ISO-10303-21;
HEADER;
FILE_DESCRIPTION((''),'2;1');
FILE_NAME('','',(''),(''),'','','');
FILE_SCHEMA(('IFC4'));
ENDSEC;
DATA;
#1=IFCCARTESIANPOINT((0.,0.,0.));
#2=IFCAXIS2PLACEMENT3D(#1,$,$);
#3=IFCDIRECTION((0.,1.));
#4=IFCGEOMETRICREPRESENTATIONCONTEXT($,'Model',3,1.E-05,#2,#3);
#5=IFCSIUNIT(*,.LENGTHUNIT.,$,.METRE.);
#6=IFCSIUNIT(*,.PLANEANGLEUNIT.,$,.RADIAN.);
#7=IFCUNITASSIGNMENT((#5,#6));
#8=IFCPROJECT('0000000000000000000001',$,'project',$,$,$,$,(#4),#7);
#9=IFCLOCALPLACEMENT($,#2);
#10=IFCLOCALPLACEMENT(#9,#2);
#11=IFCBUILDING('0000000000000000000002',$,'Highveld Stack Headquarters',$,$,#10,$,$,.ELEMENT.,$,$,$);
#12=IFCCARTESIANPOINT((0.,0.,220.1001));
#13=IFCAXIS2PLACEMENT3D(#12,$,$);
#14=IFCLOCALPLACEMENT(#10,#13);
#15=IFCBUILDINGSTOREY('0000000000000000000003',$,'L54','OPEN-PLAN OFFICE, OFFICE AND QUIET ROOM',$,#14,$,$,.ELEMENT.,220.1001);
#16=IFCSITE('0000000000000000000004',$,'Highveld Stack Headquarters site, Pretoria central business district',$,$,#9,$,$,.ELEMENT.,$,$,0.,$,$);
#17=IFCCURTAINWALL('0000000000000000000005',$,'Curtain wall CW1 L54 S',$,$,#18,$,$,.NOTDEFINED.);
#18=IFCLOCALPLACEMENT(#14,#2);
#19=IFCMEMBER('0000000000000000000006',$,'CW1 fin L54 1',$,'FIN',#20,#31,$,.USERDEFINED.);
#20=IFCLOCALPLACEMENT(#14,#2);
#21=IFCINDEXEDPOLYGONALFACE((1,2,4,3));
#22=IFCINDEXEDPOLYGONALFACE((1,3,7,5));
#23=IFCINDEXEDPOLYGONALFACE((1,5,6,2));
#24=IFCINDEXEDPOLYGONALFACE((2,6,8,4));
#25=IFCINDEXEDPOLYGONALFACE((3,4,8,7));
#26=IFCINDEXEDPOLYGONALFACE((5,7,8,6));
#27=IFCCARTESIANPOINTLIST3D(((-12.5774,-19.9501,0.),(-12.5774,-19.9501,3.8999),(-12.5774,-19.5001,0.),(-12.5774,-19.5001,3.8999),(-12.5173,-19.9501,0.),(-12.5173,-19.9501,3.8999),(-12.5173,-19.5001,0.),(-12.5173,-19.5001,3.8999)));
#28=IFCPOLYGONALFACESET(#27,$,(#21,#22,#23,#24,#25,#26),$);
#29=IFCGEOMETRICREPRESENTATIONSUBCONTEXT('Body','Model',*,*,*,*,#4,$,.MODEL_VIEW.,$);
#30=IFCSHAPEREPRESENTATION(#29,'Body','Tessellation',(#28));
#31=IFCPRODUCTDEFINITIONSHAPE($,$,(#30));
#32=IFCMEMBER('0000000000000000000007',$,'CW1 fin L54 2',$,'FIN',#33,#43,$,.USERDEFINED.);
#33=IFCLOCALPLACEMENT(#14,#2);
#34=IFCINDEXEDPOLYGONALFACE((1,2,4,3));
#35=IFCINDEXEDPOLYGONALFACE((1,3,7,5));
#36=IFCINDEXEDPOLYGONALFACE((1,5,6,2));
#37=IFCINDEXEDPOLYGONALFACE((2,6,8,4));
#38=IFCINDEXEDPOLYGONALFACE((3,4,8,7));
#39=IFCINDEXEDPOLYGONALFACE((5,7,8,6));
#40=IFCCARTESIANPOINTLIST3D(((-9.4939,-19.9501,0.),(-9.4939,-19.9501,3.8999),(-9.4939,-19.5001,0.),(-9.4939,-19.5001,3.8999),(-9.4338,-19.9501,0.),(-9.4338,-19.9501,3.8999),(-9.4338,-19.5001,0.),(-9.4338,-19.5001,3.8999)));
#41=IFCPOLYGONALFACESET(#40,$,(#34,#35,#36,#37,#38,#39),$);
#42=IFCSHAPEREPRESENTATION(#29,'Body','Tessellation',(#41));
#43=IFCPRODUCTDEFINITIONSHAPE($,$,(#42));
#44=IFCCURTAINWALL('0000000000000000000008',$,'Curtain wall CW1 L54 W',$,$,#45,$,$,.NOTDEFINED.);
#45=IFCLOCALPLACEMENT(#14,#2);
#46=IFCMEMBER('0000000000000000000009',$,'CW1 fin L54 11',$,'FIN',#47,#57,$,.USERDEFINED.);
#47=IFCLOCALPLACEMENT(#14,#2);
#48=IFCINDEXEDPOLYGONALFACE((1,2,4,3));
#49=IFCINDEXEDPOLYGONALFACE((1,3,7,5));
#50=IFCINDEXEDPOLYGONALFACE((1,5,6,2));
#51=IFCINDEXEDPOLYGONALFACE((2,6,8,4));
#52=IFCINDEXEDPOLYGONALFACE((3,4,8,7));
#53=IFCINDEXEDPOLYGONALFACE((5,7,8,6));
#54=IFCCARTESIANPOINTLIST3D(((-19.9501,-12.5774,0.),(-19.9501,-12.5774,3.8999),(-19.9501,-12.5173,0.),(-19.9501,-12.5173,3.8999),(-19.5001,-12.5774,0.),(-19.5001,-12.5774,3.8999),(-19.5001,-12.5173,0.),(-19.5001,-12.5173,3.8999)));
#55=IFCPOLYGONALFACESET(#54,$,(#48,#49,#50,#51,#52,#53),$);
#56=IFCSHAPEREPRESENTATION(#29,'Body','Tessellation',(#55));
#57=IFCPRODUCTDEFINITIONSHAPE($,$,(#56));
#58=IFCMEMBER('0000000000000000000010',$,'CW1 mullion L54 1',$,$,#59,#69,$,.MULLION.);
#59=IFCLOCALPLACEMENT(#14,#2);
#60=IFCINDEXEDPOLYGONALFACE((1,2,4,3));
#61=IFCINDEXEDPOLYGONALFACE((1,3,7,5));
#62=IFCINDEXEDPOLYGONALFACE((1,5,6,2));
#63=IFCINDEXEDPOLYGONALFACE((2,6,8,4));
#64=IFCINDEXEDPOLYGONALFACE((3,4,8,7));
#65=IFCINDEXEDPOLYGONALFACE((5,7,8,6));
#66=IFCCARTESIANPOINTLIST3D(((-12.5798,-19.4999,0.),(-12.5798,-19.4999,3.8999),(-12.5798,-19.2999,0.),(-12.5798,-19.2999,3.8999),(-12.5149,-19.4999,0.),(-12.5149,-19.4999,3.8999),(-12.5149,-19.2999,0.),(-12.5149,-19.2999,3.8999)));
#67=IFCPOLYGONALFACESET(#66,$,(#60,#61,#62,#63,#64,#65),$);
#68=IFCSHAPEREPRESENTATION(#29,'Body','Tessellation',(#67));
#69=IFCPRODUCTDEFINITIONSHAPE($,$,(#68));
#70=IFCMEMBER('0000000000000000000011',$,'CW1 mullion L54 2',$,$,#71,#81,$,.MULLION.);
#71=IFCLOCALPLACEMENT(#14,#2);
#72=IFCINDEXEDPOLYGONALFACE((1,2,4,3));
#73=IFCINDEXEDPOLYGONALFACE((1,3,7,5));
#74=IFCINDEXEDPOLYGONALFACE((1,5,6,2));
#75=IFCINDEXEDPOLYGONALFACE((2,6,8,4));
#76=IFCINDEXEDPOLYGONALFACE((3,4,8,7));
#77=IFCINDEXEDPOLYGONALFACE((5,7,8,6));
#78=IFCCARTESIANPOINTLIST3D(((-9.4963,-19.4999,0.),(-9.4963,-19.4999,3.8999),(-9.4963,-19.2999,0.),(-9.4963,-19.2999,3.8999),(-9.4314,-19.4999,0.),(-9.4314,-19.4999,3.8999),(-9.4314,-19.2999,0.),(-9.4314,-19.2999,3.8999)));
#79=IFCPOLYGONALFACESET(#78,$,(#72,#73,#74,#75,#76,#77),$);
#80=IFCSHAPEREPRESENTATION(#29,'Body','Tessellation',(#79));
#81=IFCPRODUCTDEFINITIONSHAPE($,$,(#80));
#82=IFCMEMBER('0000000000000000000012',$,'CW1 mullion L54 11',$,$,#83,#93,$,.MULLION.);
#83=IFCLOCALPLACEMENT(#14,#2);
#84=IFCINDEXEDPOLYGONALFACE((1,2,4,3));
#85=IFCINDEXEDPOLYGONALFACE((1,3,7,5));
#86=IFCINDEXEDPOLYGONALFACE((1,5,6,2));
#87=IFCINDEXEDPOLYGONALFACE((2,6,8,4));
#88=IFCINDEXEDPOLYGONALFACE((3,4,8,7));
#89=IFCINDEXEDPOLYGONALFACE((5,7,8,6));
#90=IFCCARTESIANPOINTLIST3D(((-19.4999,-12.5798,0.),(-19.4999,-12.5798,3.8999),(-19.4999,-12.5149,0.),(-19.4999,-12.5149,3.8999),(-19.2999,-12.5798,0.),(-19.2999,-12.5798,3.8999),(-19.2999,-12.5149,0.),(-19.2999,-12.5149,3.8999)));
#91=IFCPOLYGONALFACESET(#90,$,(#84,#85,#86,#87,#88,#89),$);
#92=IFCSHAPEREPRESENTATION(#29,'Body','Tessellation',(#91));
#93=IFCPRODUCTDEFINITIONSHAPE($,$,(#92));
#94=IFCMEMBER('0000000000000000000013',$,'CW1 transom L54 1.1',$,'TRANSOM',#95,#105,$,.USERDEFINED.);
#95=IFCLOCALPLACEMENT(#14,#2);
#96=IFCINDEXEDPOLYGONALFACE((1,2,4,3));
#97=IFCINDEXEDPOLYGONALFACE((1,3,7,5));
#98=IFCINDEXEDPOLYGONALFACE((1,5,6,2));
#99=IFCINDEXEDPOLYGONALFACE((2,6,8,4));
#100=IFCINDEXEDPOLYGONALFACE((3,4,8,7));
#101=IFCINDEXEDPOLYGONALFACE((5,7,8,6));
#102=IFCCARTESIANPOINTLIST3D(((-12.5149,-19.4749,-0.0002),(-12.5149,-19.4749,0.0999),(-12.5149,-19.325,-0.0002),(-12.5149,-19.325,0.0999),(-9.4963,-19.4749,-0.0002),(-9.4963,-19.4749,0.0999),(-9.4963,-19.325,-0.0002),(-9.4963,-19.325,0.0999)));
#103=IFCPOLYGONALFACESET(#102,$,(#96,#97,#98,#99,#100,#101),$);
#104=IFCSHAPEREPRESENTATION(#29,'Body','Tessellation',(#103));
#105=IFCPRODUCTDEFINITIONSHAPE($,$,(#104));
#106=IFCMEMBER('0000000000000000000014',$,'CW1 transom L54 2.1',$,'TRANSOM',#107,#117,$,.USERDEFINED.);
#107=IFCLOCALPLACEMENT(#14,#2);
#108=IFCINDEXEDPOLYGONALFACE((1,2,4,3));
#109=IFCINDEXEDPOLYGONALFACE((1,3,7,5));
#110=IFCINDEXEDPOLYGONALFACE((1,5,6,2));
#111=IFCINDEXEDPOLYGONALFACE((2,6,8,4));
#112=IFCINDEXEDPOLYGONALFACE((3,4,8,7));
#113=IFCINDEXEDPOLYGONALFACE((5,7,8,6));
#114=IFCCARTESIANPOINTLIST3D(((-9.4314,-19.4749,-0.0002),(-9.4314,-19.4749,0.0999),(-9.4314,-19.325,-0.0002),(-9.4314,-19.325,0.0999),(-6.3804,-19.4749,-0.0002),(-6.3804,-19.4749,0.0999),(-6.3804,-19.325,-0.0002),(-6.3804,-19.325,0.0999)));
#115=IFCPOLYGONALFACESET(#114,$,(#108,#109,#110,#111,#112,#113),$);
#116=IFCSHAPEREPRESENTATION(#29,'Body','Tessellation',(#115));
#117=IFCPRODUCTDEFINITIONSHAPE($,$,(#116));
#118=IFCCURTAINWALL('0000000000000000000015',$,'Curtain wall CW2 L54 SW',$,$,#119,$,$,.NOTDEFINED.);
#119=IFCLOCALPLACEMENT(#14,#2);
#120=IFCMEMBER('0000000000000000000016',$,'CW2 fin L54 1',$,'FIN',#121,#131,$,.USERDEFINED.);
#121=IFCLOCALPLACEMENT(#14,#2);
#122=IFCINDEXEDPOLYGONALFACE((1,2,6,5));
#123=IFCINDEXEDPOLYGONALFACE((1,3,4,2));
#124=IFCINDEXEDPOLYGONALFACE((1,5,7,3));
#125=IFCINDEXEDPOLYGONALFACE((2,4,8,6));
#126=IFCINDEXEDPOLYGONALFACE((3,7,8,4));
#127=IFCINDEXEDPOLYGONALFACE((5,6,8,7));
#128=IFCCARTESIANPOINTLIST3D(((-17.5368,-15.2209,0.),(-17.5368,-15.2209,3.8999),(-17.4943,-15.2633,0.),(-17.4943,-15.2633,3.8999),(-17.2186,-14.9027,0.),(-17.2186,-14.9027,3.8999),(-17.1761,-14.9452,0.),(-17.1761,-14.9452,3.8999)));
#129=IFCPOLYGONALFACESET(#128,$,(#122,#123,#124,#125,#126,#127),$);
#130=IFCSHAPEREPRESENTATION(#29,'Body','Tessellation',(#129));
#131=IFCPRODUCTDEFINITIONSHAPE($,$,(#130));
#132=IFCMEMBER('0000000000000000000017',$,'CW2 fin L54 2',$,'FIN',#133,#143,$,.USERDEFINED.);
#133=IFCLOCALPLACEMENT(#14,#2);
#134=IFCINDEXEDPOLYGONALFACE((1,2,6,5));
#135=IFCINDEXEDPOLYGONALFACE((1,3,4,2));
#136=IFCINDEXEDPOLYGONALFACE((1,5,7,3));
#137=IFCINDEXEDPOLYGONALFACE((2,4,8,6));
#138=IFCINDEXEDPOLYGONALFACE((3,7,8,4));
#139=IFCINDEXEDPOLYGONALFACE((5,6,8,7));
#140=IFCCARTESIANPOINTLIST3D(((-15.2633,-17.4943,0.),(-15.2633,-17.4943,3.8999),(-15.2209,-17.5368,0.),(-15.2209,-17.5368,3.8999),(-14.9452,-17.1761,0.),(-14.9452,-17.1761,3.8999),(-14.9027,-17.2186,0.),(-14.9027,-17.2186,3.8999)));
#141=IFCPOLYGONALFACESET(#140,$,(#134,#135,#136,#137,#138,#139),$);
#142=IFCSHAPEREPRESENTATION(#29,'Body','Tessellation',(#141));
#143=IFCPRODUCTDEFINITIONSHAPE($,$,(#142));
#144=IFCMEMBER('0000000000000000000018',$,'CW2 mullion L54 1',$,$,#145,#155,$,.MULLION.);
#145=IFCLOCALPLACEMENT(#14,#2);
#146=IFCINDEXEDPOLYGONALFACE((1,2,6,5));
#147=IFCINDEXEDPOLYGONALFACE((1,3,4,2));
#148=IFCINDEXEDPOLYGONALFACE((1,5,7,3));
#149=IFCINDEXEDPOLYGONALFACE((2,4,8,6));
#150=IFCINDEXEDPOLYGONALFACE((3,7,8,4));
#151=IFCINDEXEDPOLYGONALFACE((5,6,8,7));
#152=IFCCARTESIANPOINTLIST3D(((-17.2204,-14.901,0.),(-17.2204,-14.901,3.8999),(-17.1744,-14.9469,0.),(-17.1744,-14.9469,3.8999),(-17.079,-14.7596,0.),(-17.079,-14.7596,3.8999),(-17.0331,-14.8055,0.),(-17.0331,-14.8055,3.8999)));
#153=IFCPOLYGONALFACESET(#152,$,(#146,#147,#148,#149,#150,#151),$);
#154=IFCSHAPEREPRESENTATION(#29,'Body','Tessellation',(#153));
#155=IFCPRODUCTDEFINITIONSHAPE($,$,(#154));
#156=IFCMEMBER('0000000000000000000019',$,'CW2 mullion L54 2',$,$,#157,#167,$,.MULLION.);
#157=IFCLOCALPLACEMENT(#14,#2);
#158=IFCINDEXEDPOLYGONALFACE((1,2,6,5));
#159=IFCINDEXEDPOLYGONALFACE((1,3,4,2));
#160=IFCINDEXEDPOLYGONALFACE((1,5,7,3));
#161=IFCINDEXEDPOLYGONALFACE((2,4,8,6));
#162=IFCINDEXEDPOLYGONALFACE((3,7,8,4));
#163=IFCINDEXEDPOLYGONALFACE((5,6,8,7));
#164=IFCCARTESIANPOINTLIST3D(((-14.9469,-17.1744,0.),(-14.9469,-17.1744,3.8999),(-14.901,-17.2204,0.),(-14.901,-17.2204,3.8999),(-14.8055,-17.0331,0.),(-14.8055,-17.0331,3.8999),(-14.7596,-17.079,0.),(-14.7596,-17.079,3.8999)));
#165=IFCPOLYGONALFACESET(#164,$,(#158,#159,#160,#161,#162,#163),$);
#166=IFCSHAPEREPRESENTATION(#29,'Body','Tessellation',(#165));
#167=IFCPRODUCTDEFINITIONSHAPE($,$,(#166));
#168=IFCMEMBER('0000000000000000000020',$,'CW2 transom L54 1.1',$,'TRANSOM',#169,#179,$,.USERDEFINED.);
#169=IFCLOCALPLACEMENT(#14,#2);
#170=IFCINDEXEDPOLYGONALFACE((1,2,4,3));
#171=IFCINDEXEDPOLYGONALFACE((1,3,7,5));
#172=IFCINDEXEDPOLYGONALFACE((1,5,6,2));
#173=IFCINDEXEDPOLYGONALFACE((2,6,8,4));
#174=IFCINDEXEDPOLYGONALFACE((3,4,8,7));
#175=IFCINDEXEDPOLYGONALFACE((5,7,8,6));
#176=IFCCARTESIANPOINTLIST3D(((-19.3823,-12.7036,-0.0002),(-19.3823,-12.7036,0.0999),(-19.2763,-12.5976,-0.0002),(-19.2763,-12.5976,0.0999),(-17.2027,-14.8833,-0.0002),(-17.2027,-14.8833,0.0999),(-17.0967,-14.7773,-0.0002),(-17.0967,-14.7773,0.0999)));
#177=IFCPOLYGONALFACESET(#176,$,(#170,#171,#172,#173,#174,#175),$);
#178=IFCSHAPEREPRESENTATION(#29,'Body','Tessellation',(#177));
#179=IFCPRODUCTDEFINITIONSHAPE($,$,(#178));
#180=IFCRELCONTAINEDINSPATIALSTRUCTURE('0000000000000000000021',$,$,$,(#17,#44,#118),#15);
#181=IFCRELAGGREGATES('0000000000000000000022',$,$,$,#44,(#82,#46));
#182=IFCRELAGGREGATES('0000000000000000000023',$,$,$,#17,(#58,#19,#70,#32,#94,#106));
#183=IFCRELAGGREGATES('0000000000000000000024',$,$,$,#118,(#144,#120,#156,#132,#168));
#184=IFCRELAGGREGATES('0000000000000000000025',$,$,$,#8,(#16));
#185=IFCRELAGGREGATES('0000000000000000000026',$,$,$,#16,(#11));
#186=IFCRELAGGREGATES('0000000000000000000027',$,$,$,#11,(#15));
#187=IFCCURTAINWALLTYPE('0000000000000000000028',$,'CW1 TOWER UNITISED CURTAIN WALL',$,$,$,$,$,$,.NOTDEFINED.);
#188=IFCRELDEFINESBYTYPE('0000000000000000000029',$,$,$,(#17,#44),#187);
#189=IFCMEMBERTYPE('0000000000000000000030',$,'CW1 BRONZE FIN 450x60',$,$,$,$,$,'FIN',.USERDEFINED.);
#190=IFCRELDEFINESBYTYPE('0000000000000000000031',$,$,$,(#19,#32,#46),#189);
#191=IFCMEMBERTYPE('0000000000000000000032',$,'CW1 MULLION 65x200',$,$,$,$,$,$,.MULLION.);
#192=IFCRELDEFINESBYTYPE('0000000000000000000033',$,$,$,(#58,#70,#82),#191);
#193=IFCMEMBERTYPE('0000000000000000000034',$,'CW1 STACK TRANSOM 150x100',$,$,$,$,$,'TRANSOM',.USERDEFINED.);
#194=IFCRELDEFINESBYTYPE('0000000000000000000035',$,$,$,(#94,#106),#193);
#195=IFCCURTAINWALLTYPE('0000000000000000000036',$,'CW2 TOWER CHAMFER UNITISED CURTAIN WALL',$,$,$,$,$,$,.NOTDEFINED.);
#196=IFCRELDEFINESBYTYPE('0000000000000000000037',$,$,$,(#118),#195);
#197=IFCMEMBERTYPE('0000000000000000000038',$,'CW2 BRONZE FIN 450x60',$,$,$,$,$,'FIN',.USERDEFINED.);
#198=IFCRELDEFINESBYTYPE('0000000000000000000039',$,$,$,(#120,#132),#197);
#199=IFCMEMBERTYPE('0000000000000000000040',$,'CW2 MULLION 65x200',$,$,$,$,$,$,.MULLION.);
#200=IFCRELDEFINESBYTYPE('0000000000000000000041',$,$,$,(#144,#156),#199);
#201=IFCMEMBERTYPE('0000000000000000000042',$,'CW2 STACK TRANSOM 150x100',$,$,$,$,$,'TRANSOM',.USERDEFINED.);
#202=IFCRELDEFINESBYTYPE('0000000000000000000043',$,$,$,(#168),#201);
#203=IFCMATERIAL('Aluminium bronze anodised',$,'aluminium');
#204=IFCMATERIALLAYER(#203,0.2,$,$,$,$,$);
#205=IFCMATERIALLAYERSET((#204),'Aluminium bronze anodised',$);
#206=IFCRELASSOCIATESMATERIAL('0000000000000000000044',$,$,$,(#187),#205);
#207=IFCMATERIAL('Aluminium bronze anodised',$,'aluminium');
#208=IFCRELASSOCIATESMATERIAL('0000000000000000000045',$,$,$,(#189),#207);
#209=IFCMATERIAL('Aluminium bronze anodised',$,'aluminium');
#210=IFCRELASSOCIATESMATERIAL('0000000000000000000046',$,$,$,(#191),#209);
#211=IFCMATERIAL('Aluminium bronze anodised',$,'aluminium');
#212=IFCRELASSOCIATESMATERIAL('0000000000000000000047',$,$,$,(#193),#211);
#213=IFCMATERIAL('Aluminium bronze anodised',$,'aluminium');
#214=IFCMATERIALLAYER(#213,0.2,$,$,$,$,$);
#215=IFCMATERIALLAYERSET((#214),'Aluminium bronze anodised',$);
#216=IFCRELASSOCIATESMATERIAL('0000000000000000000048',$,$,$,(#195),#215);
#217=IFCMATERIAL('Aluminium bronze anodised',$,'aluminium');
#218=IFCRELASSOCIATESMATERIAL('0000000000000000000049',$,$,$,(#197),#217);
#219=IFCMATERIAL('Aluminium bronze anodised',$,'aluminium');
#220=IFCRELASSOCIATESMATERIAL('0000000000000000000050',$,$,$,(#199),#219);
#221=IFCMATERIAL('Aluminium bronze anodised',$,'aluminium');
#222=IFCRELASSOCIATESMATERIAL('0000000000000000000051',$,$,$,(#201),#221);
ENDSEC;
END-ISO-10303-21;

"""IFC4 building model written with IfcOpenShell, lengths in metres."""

from ifc_helpers import new_model, si_unit, direction, frame, origin, origin_2d, place, context, subcontext, project, spatial, rectangle, extrude, material, layer, layer_set, material_profile, profile_set, type_object, element, aggregate, save


model = new_model("IFC4")

# Units and contexts
model_context = context("Model", 3, precision=1e-05, world=origin(), true_north=direction((0.0, 1.0)))
body_context = subcontext(model_context, "Body", "Model", "MODEL_VIEW")
ifc_project = project(units=[si_unit("LENGTHUNIT", "METRE"), si_unit("PLANEANGLEUNIT", "RADIAN")], contexts=[model_context])

# Site, building, storey
site_placement = place(None, origin())
site = spatial("IfcSite", under=ifc_project, at=site_placement, Name="Highveld Stack Headquarters site, Pretoria central business district", CompositionType="ELEMENT", RefElevation=0.0)
building_placement = place(site_placement, origin())
building = spatial("IfcBuilding", under=site, at=building_placement, Name="Highveld Stack Headquarters", CompositionType="ELEMENT")
storey_placement = place(building_placement, frame((0.0, 0.0, 220.1001)))
storey = spatial("IfcBuildingStorey", under=building, at=storey_placement, Name="L54", Description="OPEN-PLAN OFFICE, OFFICE AND QUIET ROOM", CompositionType="ELEMENT", Elevation=220.1001)

# Curtain wall, members
ifc_material_1 = material(Name="Aluminium bronze anodised", Category="aluminium")
ifc_layer_1 = layer(ifc_material_1, 0.2)
ifc_layer_set_1 = layer_set([ifc_layer_1], Name="Aluminium bronze anodised")
curtain_wall_type_1 = type_object("IfcCurtainWallType", Name="CW1 TOWER UNITISED CURTAIN WALL", PredefinedType="NOTDEFINED", material=ifc_layer_set_1)
curtain_wall_1_placement = place(storey_placement, origin())
curtain_wall_1 = element("IfcCurtainWall", 1, at=curtain_wall_1_placement, inside=storey, type_object=curtain_wall_type_1, Name="Curtain wall CW1 L54 S", PredefinedType="NOTDEFINED")
ifc_material_2 = material(Name="Aluminium bronze anodised", Category="aluminium")
ifc_material_profile_1 = material_profile(ifc_material_2, rectangle(XDim=0.45, YDim=0.0601, at=origin_2d()), Name="FIN 450x60")
ifc_profile_set_1 = profile_set([ifc_material_profile_1], Name="Aluminium bronze anodised")
member_type_1 = type_object("IfcMemberType", Name="CW1 BRONZE FIN 450x60", ElementType="FIN", PredefinedType="USERDEFINED", material=ifc_profile_set_1)
member_1_placement = place(storey_placement, frame((-12.5474, -19.7251, 0.0), z_axis=(0.0, 0.0, 1.0), x_axis=(0.0, 1.0, 0.0)))
member_1 = element("IfcMember", 2, at=member_1_placement, type_object=member_type_1, Name="CW1 fin L54 1", ObjectType="FIN", PredefinedType="USERDEFINED", context=body_context, shape_type="SweptSolid", body=[
    extrude(rectangle(XDim=0.45, YDim=0.0601, at=origin_2d()), origin(), (0.0, 0.0, 1.0), 3.8999),
])
member_2_placement = place(storey_placement, frame((-9.4639, -19.7251, 0.0), z_axis=(0.0, 0.0, 1.0), x_axis=(0.0, 1.0, 0.0)))
member_2 = element("IfcMember", 3, at=member_2_placement, type_object=member_type_1, Name="CW1 fin L54 2", ObjectType="FIN", PredefinedType="USERDEFINED", context=body_context, shape_type="SweptSolid", body=[
    extrude(rectangle(XDim=0.45, YDim=0.0601, at=origin_2d()), origin(), (0.0, 0.0, 1.0), 3.8999),
])

# Curtain wall, member
curtain_wall_2_placement = place(storey_placement, origin())
curtain_wall_2 = element("IfcCurtainWall", 4, at=curtain_wall_2_placement, inside=storey, type_object=curtain_wall_type_1, Name="Curtain wall CW1 L54 W", PredefinedType="NOTDEFINED")
member_3_placement = place(storey_placement, frame((-19.7251, -12.5474, 0.0), z_axis=(0.0, 0.0, 1.0), x_axis=(1.0, 0.0, 0.0)))
member_3 = element("IfcMember", 5, at=member_3_placement, type_object=member_type_1, Name="CW1 fin L54 11", ObjectType="FIN", PredefinedType="USERDEFINED", context=body_context, shape_type="SweptSolid", body=[
    extrude(rectangle(XDim=0.45, YDim=0.0601, at=origin_2d()), origin(), (0.0, 0.0, 1.0), 3.8999),
])

# Members
ifc_material_3 = material(Name="Aluminium bronze anodised", Category="aluminium")
ifc_material_profile_2 = material_profile(ifc_material_3, rectangle(XDim=0.2, YDim=0.0649, at=origin_2d()), Name="CW1 MULLION 65x200")
ifc_profile_set_2 = profile_set([ifc_material_profile_2], Name="Aluminium bronze anodised")
member_type_2 = type_object("IfcMemberType", Name="CW1 MULLION 65x200", PredefinedType="MULLION", material=ifc_profile_set_2)
member_4_placement = place(storey_placement, frame((-12.5474, -19.3999, 0.0), z_axis=(0.0, 0.0, 1.0), x_axis=(0.0, 1.0, 0.0)))
member_4 = element("IfcMember", 6, at=member_4_placement, type_object=member_type_2, Name="CW1 mullion L54 1", PredefinedType="MULLION", context=body_context, shape_type="SweptSolid", body=[
    extrude(rectangle(XDim=0.2, YDim=0.0649, at=origin_2d()), origin(), (0.0, 0.0, 1.0), 3.8999),
])
member_5_placement = place(storey_placement, frame((-9.4639, -19.3999, 0.0), z_axis=(0.0, 0.0, 1.0), x_axis=(0.0, 1.0, 0.0)))
member_5 = element("IfcMember", 7, at=member_5_placement, type_object=member_type_2, Name="CW1 mullion L54 2", PredefinedType="MULLION", context=body_context, shape_type="SweptSolid", body=[
    extrude(rectangle(XDim=0.2, YDim=0.0649, at=origin_2d()), origin(), (0.0, 0.0, 1.0), 3.8999),
])
member_6_placement = place(storey_placement, frame((-19.3999, -12.5474, 0.0), z_axis=(0.0, 0.0, 1.0), x_axis=(1.0, 0.0, 0.0)))
member_6 = element("IfcMember", 8, at=member_6_placement, type_object=member_type_2, Name="CW1 mullion L54 11", PredefinedType="MULLION", context=body_context, shape_type="SweptSolid", body=[
    extrude(rectangle(XDim=0.2, YDim=0.0649, at=origin_2d()), origin(), (0.0, 0.0, 1.0), 3.8999),
])
aggregate(curtain_wall_2, [member_6, member_3])
ifc_material_4 = material(Name="Aluminium bronze anodised", Category="aluminium")
ifc_material_profile_3 = material_profile(ifc_material_4, rectangle(XDim=0.1499, YDim=0.1001, at=origin_2d()), Name="CW1 TRANSOM 150x100")
ifc_profile_set_3 = profile_set([ifc_material_profile_3], Name="Aluminium bronze anodised")
member_type_3 = type_object("IfcMemberType", Name="CW1 STACK TRANSOM 150x100", ElementType="TRANSOM", PredefinedType="USERDEFINED", material=ifc_profile_set_3)
member_7_placement = place(storey_placement, frame((-12.5149, -19.3999, 0.0498), z_axis=(1.0, 0.0, 0.0), x_axis=(0.0, 1.0, 0.0)))
member_7 = element("IfcMember", 9, at=member_7_placement, type_object=member_type_3, Name="CW1 transom L54 1.1", ObjectType="TRANSOM", PredefinedType="USERDEFINED", context=body_context, shape_type="SweptSolid", body=[
    extrude(rectangle(XDim=0.1499, YDim=0.1001, at=origin_2d()), origin(), (0.0, 0.0, 1.0), 3.0186),
])
member_8_placement = place(storey_placement, frame((-9.4314, -19.3999, 0.0498), z_axis=(1.0, 0.0, 0.0), x_axis=(0.0, 1.0, 0.0)))
member_8 = element("IfcMember", 10, at=member_8_placement, type_object=member_type_3, Name="CW1 transom L54 2.1", ObjectType="TRANSOM", PredefinedType="USERDEFINED", context=body_context, shape_type="SweptSolid", body=[
    extrude(rectangle(XDim=0.1499, YDim=0.1001, at=origin_2d()), origin(), (0.0, 0.0, 1.0), 3.051),
])

# Curtain wall, members
ifc_material_5 = material(Name="Aluminium bronze anodised", Category="aluminium")
ifc_layer_2 = layer(ifc_material_5, 0.2)
ifc_layer_set_2 = layer_set([ifc_layer_2], Name="Aluminium bronze anodised")
curtain_wall_type_2 = type_object("IfcCurtainWallType", Name="CW2 TOWER CHAMFER UNITISED CURTAIN WALL", PredefinedType="NOTDEFINED", material=ifc_layer_set_2)
curtain_wall_3_placement = place(storey_placement, origin())
curtain_wall_3 = element("IfcCurtainWall", 11, at=curtain_wall_3_placement, inside=storey, type_object=curtain_wall_type_2, Name="Curtain wall CW2 L54 SW", PredefinedType="NOTDEFINED")
ifc_material_6 = material(Name="Aluminium bronze anodised", Category="aluminium")
ifc_material_profile_4 = material_profile(ifc_material_6, rectangle(XDim=0.45, YDim=0.0601, at=origin_2d()), Name="FIN 450x60")
ifc_profile_set_4 = profile_set([ifc_material_profile_4], Name="Aluminium bronze anodised")
member_type_4 = type_object("IfcMemberType", Name="CW2 BRONZE FIN 450x60", ElementType="FIN", PredefinedType="USERDEFINED", material=ifc_profile_set_4)
member_9_placement = place(storey_placement, frame((-17.3564, -15.083, 0.0), z_axis=(0.0, 0.0, 1.0), x_axis=(0.707107, 0.707107, 0.0)))
member_9 = element("IfcMember", 12, at=member_9_placement, type_object=member_type_4, Name="CW2 fin L54 1", ObjectType="FIN", PredefinedType="USERDEFINED", context=body_context, shape_type="SweptSolid", body=[
    extrude(rectangle(XDim=0.45, YDim=0.0601, at=origin_2d()), origin(), (0.0, 0.0, 1.0), 3.8999),
])
member_10_placement = place(storey_placement, frame((-15.083, -17.3564, 0.0), z_axis=(0.0, 0.0, 1.0), x_axis=(0.707107, 0.707107, 0.0)))
member_10 = element("IfcMember", 13, at=member_10_placement, type_object=member_type_4, Name="CW2 fin L54 2", ObjectType="FIN", PredefinedType="USERDEFINED", context=body_context, shape_type="SweptSolid", body=[
    extrude(rectangle(XDim=0.45, YDim=0.0601, at=origin_2d()), origin(), (0.0, 0.0, 1.0), 3.8999),
])
ifc_material_7 = material(Name="Aluminium bronze anodised", Category="aluminium")
ifc_material_profile_5 = material_profile(ifc_material_7, rectangle(XDim=0.2, YDim=0.0649, at=origin_2d()), Name="CW2 MULLION 65x200")
ifc_profile_set_5 = profile_set([ifc_material_profile_5], Name="Aluminium bronze anodised")
member_type_5 = type_object("IfcMemberType", Name="CW2 MULLION 65x200", PredefinedType="MULLION", material=ifc_profile_set_5)
member_11_placement = place(storey_placement, frame((-17.1267, -14.8533, 0.0), z_axis=(0.0, 0.0, 1.0), x_axis=(0.707107, 0.707107, 0.0)))
member_11 = element("IfcMember", 14, at=member_11_placement, type_object=member_type_5, Name="CW2 mullion L54 1", PredefinedType="MULLION", context=body_context, shape_type="SweptSolid", body=[
    extrude(rectangle(XDim=0.2, YDim=0.0649, at=origin_2d()), origin(), (0.0, 0.0, 1.0), 3.8999),
])
member_12_placement = place(storey_placement, frame((-14.8533, -17.1267, 0.0), z_axis=(0.0, 0.0, 1.0), x_axis=(0.707107, 0.707107, 0.0)))
member_12 = element("IfcMember", 15, at=member_12_placement, type_object=member_type_5, Name="CW2 mullion L54 2", PredefinedType="MULLION", context=body_context, shape_type="SweptSolid", body=[
    extrude(rectangle(XDim=0.2, YDim=0.0649, at=origin_2d()), origin(), (0.0, 0.0, 1.0), 3.8999),
])
ifc_material_8 = material(Name="Aluminium bronze anodised", Category="aluminium")
ifc_material_profile_6 = material_profile(ifc_material_8, rectangle(XDim=0.1499, YDim=0.1001, at=origin_2d()), Name="CW2 TRANSOM 150x100")
ifc_profile_set_6 = profile_set([ifc_material_profile_6], Name="Aluminium bronze anodised")
member_type_6 = type_object("IfcMemberType", Name="CW2 STACK TRANSOM 150x100", ElementType="TRANSOM", PredefinedType="USERDEFINED", material=ifc_profile_set_6)
member_13_placement = place(storey_placement, frame((-19.3293, -12.6506, 0.0498), z_axis=(0.707107, -0.707107, 0.0), x_axis=(0.707107, 0.707107, 0.0)))
member_13 = element("IfcMember", 16, at=member_13_placement, type_object=member_type_6, Name="CW2 transom L54 1.1", ObjectType="TRANSOM", PredefinedType="USERDEFINED", context=body_context, shape_type="SweptSolid", body=[
    extrude(rectangle(XDim=0.1499, YDim=0.1001, at=origin_2d()), origin(), (0.0, 0.0, 1.0), 3.0825),
])

aggregate(curtain_wall_1, [member_4, member_1, member_5, member_2, member_7, member_8])
aggregate(curtain_wall_3, [member_11, member_9, member_12, member_10, member_13])

save(model, "model.ifc")
